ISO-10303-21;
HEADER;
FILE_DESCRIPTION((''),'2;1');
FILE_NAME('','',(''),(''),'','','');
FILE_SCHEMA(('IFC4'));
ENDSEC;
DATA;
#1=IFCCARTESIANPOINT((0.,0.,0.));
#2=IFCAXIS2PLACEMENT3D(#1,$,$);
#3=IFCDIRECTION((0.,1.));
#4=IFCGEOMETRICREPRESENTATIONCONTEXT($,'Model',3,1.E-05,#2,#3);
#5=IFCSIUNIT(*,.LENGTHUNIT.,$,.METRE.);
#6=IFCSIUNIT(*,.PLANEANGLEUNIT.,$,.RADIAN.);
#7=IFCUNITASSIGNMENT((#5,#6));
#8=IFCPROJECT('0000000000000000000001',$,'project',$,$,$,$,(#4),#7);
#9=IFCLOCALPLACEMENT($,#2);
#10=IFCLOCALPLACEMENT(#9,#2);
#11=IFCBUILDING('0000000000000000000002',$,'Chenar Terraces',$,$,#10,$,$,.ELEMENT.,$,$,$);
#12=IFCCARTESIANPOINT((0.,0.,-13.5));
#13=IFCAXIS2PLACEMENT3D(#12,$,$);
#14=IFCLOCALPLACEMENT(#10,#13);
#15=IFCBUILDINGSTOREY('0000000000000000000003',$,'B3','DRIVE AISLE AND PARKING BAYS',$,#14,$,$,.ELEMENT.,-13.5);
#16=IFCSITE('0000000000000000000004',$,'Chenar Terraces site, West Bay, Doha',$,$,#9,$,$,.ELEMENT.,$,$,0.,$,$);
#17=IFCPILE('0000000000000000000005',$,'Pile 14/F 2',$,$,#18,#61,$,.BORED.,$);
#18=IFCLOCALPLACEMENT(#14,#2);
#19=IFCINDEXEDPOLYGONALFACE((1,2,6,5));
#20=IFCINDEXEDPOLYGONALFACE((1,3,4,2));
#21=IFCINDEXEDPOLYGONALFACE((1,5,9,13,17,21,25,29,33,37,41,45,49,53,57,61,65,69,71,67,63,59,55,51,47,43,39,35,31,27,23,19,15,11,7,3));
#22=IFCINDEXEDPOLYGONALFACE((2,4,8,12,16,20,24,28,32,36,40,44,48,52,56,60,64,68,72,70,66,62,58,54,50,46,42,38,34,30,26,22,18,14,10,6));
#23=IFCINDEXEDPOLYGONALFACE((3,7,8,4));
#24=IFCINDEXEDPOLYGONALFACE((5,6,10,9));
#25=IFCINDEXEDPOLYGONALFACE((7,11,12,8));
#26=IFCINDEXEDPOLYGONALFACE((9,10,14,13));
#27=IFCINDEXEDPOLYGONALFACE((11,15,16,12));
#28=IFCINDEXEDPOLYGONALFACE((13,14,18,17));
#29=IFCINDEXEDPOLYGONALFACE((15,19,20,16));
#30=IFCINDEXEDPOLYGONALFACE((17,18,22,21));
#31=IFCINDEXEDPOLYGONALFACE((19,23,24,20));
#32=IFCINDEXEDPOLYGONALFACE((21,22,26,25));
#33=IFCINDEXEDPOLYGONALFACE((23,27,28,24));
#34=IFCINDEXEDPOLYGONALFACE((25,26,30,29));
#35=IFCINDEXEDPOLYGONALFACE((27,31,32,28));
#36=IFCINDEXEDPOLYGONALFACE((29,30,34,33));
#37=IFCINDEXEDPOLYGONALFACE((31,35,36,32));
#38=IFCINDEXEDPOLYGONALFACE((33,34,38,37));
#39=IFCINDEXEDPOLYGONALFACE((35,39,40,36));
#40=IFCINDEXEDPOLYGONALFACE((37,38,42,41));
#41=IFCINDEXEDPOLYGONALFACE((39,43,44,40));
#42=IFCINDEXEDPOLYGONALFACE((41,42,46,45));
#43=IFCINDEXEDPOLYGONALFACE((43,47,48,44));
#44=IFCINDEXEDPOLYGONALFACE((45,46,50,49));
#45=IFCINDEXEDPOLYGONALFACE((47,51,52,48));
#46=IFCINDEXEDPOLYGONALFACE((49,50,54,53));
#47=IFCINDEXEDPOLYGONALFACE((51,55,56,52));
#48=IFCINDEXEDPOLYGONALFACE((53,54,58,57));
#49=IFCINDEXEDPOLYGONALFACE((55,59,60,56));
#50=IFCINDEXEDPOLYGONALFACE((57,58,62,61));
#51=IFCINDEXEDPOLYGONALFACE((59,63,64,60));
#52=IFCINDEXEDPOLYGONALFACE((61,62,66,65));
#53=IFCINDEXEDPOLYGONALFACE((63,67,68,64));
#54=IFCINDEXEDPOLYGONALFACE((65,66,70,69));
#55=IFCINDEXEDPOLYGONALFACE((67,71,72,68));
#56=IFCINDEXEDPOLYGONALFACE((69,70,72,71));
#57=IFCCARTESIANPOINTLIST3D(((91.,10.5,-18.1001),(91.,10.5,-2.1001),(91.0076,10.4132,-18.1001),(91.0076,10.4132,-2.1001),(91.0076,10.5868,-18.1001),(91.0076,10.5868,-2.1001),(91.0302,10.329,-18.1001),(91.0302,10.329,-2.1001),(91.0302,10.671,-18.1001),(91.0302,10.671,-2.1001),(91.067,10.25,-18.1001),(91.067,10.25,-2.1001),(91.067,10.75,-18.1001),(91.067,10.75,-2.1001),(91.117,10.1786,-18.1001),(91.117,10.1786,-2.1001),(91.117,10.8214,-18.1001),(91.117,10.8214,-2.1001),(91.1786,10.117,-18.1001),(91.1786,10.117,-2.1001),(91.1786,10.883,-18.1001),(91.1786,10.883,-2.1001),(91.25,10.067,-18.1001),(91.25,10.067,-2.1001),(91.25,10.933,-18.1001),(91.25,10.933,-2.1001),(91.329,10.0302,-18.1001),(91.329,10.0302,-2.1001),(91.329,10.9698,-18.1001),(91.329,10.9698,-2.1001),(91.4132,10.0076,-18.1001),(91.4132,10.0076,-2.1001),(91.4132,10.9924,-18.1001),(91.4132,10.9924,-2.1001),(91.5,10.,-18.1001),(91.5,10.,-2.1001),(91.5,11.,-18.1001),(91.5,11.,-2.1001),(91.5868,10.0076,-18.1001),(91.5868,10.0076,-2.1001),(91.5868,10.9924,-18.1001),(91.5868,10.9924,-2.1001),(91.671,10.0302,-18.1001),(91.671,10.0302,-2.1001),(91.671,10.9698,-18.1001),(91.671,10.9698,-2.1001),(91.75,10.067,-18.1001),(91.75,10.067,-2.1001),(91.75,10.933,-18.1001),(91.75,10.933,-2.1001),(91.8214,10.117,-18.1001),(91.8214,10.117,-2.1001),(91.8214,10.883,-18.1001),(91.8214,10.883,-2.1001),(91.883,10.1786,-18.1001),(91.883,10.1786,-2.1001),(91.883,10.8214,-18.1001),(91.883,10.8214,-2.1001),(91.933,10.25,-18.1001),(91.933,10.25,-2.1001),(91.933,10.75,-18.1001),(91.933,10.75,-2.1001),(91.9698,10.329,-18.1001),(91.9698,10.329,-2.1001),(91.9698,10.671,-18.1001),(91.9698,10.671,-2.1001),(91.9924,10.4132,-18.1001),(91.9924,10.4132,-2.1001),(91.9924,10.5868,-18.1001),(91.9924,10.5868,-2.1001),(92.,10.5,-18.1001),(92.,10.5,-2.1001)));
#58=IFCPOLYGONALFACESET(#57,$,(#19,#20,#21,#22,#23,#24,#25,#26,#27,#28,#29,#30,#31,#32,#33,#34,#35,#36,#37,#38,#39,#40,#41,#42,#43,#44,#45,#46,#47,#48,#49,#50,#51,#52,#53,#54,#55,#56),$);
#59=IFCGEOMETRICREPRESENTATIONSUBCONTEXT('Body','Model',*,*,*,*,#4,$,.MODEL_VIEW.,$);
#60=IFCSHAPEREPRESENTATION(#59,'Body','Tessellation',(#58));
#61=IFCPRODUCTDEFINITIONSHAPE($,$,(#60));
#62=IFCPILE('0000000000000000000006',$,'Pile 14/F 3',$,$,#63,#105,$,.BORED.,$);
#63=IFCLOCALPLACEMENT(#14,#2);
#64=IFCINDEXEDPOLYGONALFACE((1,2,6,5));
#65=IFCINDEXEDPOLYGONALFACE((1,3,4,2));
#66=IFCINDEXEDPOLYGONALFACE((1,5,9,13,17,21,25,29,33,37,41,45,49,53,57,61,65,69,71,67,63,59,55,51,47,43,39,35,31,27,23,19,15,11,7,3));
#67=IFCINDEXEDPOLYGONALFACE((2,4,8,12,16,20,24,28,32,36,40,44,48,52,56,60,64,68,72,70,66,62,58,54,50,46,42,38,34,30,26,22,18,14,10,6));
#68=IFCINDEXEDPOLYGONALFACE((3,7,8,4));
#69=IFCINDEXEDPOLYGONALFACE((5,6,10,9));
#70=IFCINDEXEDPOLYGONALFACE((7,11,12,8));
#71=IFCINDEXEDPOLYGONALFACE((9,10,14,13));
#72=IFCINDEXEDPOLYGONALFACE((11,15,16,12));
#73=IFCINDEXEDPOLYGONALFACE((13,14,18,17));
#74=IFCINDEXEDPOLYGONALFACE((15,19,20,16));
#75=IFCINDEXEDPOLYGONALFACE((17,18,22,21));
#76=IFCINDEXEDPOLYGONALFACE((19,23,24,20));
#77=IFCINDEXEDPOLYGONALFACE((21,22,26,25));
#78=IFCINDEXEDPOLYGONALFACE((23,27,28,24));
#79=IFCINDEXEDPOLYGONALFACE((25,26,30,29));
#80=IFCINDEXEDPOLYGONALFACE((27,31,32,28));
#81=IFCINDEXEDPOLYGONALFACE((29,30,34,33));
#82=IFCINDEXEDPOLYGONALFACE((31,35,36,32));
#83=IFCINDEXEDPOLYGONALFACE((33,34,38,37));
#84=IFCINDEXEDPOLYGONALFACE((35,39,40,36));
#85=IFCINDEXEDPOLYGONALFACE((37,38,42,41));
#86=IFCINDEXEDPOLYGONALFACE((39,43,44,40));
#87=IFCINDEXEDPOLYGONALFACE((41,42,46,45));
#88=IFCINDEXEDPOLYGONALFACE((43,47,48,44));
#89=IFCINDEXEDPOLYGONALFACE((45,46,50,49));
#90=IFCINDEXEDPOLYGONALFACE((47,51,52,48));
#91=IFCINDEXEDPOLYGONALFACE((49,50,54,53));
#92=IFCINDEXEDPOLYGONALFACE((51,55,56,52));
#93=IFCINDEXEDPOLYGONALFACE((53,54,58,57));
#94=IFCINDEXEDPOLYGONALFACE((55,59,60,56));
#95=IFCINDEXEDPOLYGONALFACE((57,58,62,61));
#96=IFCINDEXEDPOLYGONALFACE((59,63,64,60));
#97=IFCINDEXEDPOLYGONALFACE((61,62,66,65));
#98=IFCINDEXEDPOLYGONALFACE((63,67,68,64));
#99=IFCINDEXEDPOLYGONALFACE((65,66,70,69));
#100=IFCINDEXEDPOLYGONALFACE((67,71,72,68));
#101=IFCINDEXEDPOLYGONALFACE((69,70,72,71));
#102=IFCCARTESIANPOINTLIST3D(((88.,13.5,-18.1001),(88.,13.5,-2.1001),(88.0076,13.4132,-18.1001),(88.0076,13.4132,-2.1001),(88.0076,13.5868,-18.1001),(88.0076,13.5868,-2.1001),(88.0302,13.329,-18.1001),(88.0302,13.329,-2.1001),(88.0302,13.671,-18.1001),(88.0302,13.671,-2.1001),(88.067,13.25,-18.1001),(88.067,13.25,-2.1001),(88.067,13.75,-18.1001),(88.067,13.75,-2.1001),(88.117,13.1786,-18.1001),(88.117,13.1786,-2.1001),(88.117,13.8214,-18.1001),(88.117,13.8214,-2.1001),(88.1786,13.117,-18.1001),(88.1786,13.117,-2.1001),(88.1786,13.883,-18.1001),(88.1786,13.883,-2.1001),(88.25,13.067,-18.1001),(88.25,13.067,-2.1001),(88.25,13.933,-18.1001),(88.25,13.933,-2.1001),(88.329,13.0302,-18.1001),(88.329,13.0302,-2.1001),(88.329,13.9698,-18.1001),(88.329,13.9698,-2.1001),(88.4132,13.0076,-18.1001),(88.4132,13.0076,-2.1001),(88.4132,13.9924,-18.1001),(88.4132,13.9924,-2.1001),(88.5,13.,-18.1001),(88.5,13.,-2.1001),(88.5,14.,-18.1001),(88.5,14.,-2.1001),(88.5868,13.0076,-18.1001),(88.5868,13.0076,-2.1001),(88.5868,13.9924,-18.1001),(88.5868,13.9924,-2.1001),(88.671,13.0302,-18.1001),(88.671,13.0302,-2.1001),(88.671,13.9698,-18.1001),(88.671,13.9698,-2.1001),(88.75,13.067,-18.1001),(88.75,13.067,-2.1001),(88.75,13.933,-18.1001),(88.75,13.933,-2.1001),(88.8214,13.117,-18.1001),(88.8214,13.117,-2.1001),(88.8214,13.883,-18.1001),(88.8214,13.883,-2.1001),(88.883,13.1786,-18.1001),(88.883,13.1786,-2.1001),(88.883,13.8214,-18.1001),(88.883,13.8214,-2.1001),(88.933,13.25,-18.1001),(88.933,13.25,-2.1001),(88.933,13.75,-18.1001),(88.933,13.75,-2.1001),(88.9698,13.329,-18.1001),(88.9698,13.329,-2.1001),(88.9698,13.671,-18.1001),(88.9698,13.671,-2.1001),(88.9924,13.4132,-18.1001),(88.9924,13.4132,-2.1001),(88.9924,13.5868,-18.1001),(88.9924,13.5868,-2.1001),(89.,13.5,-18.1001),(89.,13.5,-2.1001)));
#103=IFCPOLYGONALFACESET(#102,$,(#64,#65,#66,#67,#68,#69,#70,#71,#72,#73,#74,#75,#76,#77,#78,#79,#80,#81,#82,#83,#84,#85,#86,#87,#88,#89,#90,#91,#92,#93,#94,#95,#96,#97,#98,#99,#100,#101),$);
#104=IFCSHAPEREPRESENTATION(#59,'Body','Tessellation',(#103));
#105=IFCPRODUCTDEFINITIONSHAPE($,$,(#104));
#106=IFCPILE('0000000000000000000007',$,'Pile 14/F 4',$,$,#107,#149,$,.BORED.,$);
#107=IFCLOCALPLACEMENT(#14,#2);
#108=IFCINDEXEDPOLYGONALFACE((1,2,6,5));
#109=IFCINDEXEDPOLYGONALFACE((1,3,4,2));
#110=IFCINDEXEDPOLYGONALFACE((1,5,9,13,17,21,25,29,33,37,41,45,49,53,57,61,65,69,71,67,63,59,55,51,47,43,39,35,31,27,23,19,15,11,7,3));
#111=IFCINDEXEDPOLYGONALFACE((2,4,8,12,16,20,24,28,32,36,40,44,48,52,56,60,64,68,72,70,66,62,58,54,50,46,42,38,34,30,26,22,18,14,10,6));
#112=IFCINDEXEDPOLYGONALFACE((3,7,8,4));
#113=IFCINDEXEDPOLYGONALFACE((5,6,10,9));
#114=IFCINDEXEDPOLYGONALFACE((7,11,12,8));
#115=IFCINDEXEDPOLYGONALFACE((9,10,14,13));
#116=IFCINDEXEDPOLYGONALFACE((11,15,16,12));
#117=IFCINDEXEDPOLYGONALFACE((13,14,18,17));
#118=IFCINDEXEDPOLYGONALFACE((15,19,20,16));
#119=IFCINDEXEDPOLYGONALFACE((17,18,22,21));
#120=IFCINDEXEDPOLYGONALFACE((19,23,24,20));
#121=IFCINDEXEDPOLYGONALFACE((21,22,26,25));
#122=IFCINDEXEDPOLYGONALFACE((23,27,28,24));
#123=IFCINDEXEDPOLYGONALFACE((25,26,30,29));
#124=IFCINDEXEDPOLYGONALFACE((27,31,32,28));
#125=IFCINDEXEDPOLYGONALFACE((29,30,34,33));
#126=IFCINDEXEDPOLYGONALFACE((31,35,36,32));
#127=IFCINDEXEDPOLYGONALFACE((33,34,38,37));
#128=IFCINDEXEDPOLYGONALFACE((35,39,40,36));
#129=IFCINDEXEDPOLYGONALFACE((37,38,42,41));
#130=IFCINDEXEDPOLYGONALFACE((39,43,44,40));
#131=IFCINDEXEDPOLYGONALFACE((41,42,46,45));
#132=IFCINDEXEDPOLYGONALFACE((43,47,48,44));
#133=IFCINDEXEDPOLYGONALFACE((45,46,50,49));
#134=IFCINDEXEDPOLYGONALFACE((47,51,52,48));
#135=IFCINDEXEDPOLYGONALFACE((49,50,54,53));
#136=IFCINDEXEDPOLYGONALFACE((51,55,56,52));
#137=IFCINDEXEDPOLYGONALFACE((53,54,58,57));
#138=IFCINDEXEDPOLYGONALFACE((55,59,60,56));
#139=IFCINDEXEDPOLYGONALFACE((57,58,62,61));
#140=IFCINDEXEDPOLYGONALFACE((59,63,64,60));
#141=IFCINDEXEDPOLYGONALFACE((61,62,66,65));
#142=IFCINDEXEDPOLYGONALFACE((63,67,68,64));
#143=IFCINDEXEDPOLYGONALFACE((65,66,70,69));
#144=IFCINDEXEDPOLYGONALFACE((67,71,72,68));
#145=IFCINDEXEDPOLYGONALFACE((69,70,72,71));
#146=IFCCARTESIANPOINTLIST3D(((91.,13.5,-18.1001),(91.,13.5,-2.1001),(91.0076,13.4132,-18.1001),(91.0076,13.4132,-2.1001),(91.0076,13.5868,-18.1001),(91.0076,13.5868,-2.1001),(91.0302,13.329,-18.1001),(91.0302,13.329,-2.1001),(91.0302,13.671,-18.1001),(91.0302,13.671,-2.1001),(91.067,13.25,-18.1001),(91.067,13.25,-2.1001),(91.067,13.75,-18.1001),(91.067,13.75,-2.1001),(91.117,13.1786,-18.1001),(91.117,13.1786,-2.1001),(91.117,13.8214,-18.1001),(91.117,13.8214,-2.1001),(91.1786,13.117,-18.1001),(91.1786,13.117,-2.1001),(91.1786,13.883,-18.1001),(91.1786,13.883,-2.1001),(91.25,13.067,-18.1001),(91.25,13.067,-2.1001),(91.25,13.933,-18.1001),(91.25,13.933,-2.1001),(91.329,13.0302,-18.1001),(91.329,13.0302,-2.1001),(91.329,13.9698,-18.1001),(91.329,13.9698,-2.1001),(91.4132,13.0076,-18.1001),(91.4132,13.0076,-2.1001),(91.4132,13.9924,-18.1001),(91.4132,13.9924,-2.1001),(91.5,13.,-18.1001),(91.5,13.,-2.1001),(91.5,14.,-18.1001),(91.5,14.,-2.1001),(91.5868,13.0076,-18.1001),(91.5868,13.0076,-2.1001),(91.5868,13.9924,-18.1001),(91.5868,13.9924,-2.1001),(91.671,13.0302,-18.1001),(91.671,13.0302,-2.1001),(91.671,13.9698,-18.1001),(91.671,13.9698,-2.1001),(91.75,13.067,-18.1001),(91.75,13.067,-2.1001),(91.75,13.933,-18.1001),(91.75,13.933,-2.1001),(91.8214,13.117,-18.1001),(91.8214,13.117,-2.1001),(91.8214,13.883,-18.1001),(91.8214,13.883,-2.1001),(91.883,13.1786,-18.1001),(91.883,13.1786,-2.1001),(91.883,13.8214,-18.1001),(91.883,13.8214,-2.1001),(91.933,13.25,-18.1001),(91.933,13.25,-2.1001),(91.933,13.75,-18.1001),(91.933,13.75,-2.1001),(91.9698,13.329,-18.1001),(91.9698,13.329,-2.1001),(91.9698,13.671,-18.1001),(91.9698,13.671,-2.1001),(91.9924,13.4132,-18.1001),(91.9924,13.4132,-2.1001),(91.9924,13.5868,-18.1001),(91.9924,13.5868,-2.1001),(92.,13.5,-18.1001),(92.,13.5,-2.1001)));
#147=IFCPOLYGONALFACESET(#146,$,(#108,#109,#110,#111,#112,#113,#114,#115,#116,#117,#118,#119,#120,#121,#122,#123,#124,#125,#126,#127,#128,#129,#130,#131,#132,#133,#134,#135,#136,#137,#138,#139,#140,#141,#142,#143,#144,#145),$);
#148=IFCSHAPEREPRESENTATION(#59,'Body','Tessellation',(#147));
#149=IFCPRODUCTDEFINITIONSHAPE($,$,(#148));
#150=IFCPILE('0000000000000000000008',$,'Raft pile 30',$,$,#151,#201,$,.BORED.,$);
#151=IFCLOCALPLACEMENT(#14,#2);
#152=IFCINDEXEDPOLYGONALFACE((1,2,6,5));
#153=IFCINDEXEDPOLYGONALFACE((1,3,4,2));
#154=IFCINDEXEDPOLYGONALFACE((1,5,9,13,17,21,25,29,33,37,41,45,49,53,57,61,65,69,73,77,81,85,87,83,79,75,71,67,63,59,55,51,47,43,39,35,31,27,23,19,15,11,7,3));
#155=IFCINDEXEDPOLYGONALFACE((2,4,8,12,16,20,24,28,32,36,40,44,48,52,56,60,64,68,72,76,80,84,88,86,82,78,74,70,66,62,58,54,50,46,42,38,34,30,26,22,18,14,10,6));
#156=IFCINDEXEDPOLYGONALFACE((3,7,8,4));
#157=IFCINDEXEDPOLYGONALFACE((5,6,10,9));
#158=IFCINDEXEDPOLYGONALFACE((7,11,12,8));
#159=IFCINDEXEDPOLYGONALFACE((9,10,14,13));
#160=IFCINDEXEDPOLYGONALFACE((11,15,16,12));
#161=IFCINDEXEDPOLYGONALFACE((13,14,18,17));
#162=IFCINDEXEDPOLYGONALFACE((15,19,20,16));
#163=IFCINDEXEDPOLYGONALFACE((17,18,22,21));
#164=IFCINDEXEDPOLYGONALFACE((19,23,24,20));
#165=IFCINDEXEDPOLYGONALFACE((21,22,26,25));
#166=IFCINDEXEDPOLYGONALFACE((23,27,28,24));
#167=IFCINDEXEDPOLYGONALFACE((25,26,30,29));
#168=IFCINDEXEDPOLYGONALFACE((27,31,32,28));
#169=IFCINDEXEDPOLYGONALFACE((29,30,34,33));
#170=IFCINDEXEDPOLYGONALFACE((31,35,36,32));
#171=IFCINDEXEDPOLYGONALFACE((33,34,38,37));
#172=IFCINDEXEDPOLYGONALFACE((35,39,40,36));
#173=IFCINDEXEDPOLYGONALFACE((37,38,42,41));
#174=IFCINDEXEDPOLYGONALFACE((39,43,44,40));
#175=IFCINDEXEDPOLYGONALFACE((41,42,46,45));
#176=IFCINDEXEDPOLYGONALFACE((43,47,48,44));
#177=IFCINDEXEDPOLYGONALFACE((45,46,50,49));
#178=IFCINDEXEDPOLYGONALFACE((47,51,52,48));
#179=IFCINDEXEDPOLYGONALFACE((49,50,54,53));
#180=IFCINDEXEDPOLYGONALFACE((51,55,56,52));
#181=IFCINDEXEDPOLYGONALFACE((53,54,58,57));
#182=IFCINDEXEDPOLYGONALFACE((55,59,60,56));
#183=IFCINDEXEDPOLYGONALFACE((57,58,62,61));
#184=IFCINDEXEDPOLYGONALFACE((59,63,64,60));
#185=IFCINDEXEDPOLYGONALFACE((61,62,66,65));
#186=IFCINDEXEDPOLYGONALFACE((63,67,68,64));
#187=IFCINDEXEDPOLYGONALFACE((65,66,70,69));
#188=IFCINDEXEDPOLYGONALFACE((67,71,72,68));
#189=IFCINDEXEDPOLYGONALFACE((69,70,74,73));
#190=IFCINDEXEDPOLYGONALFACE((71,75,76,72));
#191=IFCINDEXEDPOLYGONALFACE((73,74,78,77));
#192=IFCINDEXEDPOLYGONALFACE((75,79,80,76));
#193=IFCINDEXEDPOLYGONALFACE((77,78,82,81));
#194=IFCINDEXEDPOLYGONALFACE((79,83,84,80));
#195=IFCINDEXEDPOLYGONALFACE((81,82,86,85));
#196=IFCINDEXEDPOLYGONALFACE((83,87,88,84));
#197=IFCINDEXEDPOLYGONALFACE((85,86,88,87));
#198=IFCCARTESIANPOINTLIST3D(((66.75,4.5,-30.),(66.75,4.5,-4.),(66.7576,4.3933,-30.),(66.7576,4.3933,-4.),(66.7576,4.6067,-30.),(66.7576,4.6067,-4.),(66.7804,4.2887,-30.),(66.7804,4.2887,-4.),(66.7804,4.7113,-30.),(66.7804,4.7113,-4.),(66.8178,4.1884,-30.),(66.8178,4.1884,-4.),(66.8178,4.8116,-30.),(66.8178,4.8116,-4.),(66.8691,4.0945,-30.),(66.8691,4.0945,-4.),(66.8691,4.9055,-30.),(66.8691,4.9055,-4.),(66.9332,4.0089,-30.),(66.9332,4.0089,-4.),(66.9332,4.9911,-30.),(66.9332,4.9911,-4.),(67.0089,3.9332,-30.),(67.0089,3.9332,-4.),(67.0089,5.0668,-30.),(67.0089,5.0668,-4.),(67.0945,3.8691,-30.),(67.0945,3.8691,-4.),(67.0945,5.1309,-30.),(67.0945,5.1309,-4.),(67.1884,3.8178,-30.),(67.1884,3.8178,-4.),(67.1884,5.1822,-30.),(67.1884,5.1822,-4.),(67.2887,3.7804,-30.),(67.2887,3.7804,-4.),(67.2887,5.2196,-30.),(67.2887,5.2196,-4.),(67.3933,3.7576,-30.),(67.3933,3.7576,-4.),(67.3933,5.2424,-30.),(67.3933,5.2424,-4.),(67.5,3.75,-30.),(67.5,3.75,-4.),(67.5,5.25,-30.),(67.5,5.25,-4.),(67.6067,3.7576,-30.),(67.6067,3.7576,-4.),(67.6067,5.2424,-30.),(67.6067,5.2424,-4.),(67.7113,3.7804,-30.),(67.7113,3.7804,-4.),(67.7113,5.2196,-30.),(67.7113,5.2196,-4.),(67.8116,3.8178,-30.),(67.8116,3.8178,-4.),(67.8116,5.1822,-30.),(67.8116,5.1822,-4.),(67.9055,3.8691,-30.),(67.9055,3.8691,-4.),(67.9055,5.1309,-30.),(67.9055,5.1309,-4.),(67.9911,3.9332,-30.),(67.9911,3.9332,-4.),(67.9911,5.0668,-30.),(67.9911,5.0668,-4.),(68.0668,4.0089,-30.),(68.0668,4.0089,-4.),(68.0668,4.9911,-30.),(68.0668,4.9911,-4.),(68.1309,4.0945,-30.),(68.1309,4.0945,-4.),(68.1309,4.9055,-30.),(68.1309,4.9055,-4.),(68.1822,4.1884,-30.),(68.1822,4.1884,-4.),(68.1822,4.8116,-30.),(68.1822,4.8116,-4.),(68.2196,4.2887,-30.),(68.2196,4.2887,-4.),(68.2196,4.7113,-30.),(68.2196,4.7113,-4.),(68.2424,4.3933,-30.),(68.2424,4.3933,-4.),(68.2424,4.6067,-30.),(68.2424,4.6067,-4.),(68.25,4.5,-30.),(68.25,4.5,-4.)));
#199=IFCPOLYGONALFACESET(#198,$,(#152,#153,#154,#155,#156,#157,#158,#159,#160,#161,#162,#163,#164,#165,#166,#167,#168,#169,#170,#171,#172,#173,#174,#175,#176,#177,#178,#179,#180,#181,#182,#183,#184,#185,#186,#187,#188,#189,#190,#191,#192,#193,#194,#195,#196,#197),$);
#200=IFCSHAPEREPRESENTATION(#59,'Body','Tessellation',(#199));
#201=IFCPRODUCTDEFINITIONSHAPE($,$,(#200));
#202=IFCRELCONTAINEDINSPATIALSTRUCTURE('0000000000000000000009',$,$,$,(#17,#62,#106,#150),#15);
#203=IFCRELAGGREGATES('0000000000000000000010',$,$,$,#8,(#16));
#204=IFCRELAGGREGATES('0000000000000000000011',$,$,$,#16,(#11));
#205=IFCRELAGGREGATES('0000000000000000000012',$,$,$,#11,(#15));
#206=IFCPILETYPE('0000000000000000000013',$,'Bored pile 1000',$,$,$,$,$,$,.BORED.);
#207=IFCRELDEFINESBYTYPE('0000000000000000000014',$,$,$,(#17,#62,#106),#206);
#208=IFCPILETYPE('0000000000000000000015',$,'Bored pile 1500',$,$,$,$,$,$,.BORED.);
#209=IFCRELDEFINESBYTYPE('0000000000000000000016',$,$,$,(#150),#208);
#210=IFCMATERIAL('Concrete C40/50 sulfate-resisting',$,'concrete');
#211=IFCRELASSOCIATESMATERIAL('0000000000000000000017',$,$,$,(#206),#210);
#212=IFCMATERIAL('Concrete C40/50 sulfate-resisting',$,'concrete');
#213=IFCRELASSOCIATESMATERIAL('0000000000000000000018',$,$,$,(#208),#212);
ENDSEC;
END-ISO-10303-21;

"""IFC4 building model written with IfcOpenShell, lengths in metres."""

from ifc_helpers import new_model, si_unit, direction, frame, origin, origin_2d, place, context, subcontext, project, spatial, circle, extrude, material, material_profile, profile_set, type_object, element, save


model = new_model("IFC4")

# Units and contexts
model_context = context("Model", 3, precision=1e-05, world=origin(), true_north=direction((0.0, 1.0)))
body_context = subcontext(model_context, "Body", "Model", "MODEL_VIEW")
ifc_project = project(units=[si_unit("LENGTHUNIT", "METRE"), si_unit("PLANEANGLEUNIT", "RADIAN")], contexts=[model_context])

# Site, building, storey
site_placement = place(None, origin())
site = spatial("IfcSite", under=ifc_project, at=site_placement, Name="Chenar Terraces site, West Bay, Doha", CompositionType="ELEMENT", RefElevation=0.0)
building_placement = place(site_placement, origin())
building = spatial("IfcBuilding", under=site, at=building_placement, Name="Chenar Terraces", CompositionType="ELEMENT")
storey_placement = place(building_placement, frame((0.0, 0.0, -13.5)))
storey = spatial("IfcBuildingStorey", under=building, at=storey_placement, Name="B3", Description="DRIVE AISLE AND PARKING BAYS", CompositionType="ELEMENT", Elevation=-13.5)

# Piles
ifc_material_1 = material(Name="Concrete C40/50 sulfate-resisting", Category="concrete")
ifc_material_profile_1 = material_profile(ifc_material_1, circle(Radius=0.5, at=origin_2d()), Name="BP 1000")
ifc_profile_set_1 = profile_set([ifc_material_profile_1], Name="Concrete C40/50 sulfate-resisting")
pile_type_1 = type_object("IfcPileType", Name="Bored pile 1000", PredefinedType="BORED", material=ifc_profile_set_1)
for number, where, z_axis, x_axis, name in (
    (1, (91.5, 10.5, -2.1001), (0.0, 0.0, -1.0), (1.0, 0.0, 0.0), "Pile 14/F 2"),
    (2, (88.5, 13.5, -2.1001), (0.0, 0.0, -1.0), (1.0, 0.0, 0.0), "Pile 14/F 3"),
    (3, (91.5, 13.5, -2.1001), (0.0, 0.0, -1.0), (1.0, 0.0, 0.0), "Pile 14/F 4"),
):
    element("IfcPile", number, at=place(storey_placement, frame(where, z_axis=z_axis, x_axis=x_axis)), inside=storey, type_object=pile_type_1, Name=name, PredefinedType="BORED", context=body_context, shape_type="SweptSolid", body=[
        extrude(circle(Radius=0.5, at=origin_2d()), origin(), (0.0, 0.0, 1.0), 16.0),
    ])
ifc_material_2 = material(Name="Concrete C40/50 sulfate-resisting", Category="concrete")
ifc_material_profile_2 = material_profile(ifc_material_2, circle(Radius=0.75, at=origin_2d()), Name="BP 1500")
ifc_profile_set_2 = profile_set([ifc_material_profile_2], Name="Concrete C40/50 sulfate-resisting")
pile_type_2 = type_object("IfcPileType", Name="Bored pile 1500", PredefinedType="BORED", material=ifc_profile_set_2)
pile_1_placement = place(storey_placement, frame((67.5, 4.5, -4.0), z_axis=(0.0, 0.0, -1.0), x_axis=(1.0, 0.0, 0.0)))
element("IfcPile", 4, at=pile_1_placement, inside=storey, type_object=pile_type_2, Name="Raft pile 30", PredefinedType="BORED", context=body_context, shape_type="SweptSolid", body=[
    extrude(circle(Radius=0.75, at=origin_2d()), origin(), (0.0, 0.0, 1.0), 26.0),
])

save(model, "model.ifc")
